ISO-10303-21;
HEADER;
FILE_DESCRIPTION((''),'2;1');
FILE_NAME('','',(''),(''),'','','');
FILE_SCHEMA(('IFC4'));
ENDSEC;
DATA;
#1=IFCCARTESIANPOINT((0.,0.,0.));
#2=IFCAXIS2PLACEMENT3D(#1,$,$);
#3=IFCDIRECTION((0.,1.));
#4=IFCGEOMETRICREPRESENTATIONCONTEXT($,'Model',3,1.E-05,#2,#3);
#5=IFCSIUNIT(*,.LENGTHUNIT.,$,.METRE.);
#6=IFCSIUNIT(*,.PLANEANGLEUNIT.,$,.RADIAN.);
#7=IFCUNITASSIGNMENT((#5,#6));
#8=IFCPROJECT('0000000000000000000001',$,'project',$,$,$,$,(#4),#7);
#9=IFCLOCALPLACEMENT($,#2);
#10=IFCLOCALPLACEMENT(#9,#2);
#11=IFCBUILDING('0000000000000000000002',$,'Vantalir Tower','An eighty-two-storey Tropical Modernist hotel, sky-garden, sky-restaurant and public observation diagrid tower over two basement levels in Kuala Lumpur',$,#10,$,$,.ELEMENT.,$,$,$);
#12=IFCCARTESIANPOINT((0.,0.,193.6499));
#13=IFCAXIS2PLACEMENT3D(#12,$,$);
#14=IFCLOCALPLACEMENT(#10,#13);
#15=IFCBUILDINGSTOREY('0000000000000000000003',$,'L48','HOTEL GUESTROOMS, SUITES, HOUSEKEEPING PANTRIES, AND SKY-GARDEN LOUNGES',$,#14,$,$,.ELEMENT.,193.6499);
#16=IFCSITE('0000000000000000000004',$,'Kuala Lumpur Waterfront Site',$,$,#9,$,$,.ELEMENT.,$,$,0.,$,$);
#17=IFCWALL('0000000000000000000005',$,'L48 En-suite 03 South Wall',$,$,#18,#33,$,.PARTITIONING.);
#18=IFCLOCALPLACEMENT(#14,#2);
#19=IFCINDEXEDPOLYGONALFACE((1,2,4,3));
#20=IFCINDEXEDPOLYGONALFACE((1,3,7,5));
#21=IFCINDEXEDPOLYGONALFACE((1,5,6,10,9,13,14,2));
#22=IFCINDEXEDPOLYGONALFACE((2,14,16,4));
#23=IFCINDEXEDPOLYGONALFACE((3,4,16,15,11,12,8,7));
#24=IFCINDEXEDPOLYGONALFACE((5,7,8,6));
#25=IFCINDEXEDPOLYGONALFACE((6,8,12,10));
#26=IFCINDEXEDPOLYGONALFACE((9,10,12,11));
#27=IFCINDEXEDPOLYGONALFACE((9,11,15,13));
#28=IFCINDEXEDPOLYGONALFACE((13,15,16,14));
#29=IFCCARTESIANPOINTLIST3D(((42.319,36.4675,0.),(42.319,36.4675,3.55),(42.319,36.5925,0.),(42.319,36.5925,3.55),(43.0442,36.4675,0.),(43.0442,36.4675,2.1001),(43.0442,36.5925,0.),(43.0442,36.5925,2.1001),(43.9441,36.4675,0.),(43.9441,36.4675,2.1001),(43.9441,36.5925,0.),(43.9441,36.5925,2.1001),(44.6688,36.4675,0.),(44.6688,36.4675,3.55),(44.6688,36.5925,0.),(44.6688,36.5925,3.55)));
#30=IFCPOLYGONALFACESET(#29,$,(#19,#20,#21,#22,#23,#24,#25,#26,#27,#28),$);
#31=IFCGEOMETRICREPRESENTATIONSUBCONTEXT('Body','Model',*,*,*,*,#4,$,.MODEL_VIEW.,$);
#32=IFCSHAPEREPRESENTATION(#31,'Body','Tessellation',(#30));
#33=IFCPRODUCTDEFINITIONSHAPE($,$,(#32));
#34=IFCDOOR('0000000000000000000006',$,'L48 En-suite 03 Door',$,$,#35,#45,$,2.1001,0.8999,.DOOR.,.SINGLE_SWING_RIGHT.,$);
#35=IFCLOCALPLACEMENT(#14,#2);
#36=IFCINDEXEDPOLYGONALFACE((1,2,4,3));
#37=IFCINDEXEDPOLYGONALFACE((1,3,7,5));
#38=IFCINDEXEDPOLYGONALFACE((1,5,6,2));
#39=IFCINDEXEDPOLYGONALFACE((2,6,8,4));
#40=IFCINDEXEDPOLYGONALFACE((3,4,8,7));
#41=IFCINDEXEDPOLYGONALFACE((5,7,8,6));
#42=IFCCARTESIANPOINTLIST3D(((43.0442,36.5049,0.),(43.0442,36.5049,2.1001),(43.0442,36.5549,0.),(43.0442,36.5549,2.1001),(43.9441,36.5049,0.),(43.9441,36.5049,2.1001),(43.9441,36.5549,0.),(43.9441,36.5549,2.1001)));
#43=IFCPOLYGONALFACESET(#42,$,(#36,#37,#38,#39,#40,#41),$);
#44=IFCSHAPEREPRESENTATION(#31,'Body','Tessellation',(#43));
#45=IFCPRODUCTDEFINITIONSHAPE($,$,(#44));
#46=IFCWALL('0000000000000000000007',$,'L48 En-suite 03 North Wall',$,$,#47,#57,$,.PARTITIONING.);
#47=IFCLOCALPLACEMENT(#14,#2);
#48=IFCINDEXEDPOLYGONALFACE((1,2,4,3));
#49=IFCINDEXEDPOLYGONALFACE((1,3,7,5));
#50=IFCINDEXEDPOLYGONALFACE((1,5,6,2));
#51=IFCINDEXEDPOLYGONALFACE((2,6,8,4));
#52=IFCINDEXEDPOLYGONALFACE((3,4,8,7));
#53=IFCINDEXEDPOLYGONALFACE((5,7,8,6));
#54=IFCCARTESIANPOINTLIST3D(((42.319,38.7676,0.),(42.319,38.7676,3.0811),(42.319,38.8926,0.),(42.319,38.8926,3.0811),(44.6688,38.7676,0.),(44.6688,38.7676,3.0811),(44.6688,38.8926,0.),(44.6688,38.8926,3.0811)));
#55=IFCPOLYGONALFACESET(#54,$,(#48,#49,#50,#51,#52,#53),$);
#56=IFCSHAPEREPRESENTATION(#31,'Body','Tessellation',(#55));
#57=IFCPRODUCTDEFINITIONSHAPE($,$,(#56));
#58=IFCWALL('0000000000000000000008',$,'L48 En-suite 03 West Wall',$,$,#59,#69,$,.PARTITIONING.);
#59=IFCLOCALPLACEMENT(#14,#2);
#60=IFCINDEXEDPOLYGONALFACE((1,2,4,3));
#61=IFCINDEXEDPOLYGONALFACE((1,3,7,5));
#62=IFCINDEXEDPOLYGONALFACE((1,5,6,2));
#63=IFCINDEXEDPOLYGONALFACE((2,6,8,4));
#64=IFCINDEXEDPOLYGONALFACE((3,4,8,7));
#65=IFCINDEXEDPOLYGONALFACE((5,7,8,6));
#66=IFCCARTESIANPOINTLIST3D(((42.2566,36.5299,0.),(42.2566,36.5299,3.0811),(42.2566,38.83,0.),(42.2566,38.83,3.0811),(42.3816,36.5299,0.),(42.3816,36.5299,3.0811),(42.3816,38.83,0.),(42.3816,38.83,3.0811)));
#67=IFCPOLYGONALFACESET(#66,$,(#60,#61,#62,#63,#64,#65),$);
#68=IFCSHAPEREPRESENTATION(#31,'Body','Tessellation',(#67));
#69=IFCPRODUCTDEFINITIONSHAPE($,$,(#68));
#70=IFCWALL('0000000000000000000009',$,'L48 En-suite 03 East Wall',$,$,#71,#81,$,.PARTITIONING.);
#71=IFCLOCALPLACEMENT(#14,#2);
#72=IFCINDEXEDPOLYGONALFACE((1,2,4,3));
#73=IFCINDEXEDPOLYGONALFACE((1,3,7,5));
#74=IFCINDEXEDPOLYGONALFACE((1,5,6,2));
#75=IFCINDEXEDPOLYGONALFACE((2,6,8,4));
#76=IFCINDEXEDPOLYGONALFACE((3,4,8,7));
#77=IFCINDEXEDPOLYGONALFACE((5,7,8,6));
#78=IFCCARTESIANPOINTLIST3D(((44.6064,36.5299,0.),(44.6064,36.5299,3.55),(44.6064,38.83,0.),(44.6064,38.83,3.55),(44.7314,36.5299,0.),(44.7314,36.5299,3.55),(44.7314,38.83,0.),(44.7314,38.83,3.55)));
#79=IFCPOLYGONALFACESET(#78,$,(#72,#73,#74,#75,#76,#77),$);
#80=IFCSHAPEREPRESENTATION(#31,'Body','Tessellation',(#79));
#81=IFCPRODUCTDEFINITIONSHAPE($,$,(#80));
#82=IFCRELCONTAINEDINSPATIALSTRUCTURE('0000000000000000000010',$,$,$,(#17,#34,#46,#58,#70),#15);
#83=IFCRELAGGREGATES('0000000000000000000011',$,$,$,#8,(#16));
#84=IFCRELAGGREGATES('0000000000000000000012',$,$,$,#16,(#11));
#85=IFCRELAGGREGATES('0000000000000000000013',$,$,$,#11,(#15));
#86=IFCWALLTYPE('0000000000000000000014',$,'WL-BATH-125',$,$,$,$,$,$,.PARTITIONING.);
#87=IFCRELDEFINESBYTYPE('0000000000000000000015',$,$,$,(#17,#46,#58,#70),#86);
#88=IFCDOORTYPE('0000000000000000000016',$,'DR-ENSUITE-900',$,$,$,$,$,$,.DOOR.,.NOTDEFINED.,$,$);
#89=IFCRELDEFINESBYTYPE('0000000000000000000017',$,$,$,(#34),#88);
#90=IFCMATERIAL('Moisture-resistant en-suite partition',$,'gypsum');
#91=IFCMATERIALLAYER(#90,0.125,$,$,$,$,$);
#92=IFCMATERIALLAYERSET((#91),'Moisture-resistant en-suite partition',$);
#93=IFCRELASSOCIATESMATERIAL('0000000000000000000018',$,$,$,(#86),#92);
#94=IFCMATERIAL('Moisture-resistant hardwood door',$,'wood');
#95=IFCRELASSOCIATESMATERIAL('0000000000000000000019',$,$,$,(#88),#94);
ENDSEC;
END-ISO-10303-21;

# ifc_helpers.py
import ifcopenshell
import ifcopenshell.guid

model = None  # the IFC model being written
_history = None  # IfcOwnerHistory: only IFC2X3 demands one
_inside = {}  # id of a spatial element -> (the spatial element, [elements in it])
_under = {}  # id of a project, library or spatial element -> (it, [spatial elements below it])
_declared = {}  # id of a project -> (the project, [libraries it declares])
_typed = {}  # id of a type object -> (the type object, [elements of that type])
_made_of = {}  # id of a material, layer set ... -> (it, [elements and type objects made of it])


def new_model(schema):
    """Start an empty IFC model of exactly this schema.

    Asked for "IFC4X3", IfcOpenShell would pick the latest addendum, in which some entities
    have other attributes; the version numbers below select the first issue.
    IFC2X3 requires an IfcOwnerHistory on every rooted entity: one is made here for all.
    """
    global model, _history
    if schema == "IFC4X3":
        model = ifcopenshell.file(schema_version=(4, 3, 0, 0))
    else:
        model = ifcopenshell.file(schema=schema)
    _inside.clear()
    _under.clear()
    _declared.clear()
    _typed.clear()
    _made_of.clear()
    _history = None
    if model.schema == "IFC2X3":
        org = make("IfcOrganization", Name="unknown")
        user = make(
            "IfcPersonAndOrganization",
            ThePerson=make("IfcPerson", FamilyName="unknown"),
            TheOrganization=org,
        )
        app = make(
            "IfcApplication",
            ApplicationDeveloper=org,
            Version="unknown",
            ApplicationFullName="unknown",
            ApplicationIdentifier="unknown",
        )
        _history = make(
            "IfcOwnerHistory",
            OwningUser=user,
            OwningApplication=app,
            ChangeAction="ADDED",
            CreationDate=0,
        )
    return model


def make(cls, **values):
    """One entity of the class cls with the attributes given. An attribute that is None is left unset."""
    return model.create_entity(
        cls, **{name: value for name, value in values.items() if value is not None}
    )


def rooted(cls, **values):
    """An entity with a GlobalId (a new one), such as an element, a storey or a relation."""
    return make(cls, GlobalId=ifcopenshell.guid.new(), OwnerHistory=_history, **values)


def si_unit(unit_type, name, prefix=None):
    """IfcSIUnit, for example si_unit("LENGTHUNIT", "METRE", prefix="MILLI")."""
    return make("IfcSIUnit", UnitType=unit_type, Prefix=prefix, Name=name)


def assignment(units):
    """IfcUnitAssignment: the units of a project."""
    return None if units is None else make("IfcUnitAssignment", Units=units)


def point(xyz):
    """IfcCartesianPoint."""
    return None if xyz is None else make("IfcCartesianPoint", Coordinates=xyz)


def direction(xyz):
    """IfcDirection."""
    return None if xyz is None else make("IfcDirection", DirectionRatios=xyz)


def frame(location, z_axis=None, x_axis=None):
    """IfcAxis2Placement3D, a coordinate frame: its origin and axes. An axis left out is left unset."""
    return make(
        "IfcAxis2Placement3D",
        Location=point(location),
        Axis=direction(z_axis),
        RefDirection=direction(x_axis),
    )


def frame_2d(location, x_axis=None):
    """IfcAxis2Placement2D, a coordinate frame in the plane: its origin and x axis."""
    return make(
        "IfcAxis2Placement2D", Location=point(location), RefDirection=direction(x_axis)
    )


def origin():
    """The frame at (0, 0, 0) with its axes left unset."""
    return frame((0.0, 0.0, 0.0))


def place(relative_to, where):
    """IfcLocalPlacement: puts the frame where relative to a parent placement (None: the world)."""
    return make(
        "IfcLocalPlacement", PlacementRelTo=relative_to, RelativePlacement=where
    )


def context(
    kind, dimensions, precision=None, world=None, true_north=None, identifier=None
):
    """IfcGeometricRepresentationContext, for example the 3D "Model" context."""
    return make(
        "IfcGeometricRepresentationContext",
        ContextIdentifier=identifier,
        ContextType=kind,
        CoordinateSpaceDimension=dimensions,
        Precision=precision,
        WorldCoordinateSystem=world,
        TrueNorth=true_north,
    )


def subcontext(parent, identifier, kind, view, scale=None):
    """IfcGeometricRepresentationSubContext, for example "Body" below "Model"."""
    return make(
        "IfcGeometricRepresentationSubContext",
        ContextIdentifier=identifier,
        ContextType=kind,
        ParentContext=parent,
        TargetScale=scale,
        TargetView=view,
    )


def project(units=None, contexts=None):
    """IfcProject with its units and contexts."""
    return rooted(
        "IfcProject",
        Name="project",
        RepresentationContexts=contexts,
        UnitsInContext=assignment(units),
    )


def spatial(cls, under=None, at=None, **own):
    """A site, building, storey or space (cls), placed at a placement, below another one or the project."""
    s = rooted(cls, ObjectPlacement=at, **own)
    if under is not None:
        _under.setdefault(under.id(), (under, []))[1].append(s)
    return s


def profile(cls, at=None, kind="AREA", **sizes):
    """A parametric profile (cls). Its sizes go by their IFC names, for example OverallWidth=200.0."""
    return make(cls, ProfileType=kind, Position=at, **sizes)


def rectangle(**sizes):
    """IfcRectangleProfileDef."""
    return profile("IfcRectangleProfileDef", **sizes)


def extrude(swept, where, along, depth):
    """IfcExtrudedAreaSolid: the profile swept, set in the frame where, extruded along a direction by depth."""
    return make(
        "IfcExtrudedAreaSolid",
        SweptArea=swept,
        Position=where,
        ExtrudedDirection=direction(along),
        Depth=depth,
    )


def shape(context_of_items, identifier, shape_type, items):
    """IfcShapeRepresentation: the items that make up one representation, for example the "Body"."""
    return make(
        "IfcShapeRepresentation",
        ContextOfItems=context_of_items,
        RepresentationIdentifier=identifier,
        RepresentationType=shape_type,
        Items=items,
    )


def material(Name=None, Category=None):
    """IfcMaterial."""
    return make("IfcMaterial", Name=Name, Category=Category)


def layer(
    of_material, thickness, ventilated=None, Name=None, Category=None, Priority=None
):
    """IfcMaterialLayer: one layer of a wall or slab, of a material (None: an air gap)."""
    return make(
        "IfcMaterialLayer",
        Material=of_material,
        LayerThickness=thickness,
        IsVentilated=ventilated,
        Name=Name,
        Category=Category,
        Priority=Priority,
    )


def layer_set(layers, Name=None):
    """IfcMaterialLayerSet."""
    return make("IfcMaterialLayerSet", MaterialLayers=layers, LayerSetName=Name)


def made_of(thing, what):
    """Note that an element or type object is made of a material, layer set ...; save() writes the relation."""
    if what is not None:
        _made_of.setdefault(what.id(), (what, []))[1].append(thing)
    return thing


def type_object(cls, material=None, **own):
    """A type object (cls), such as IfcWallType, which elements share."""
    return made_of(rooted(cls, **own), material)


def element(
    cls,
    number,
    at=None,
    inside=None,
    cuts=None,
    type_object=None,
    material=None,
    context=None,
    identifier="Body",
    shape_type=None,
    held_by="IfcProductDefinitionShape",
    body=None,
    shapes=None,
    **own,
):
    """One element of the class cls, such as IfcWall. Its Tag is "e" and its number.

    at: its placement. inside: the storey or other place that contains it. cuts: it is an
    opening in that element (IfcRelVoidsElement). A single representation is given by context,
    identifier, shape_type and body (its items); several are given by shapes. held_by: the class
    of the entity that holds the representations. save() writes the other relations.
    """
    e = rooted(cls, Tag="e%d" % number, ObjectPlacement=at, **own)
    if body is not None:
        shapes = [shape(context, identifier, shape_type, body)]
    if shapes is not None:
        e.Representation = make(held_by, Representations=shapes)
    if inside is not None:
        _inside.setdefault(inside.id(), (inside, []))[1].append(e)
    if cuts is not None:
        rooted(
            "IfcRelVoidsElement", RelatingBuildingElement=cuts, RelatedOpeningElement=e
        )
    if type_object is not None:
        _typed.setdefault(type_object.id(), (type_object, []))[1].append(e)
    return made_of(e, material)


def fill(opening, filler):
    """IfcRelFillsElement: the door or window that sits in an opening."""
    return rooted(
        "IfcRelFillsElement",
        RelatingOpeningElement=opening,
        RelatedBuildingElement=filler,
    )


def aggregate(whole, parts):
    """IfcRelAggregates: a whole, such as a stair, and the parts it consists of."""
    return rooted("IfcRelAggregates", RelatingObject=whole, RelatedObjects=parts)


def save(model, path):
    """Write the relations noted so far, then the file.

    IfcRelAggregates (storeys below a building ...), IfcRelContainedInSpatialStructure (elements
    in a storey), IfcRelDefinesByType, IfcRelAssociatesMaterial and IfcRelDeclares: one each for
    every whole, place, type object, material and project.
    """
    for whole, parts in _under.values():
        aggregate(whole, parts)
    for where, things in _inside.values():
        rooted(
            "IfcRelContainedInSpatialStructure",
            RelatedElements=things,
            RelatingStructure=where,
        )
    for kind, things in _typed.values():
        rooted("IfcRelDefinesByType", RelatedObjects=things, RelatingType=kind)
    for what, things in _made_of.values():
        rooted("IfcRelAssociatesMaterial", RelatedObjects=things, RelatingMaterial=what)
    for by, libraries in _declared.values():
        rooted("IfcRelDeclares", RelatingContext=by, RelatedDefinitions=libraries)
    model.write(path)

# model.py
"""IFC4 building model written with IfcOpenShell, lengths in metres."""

from ifc_helpers import new_model, si_unit, direction, frame, frame_2d, origin, place, context, subcontext, project, spatial, rectangle, extrude, material, layer, layer_set, type_object, element, fill, save


model = new_model("IFC4")

# Units and contexts
model_context = context("Model", 3, precision=1e-05, world=origin(), true_north=direction((0.0, 1.0)))
body_context = subcontext(model_context, "Body", "Model", "MODEL_VIEW")
ifc_project = project(units=[si_unit("LENGTHUNIT", "METRE"), si_unit("PLANEANGLEUNIT", "RADIAN")], contexts=[model_context])

# Site, building, storey
site_placement = place(None, origin())
site = spatial("IfcSite", under=ifc_project, at=site_placement, Name="Kuala Lumpur Waterfront Site", CompositionType="ELEMENT", RefElevation=0.0)
building_placement = place(site_placement, origin())
building = spatial("IfcBuilding", under=site, at=building_placement, Name="Vantalir Tower", Description="An eighty-two-storey Tropical Modernist hotel, sky-garden, sky-restaurant and public observation diagrid tower over two basement levels in Kuala Lumpur", CompositionType="ELEMENT")
storey_placement = place(building_placement, frame((0.0, 0.0, 193.6499)))
storey = spatial("IfcBuildingStorey", under=building, at=storey_placement, Name="L48", Description="HOTEL GUESTROOMS, SUITES, HOUSEKEEPING PANTRIES, AND SKY-GARDEN LOUNGES", CompositionType="ELEMENT", Elevation=193.6499)

# Wall, opening, door
ifc_material_1 = material(Name="Moisture-resistant en-suite partition", Category="gypsum")
ifc_layer_1 = layer(ifc_material_1, 0.125)
ifc_layer_set_1 = layer_set([ifc_layer_1], Name="Moisture-resistant en-suite partition")
wall_type = type_object("IfcWallType", Name="WL-BATH-125", PredefinedType="PARTITIONING", material=ifc_layer_set_1)
wall_1_placement = place(storey_placement, frame((42.3191, 36.53, 0.0), z_axis=(0.0, 0.0, 1.0), x_axis=(1.0, 0.0, 0.0)))
wall_1 = element("IfcWall", 1, at=wall_1_placement, inside=storey, type_object=wall_type, Name="L48 En-suite 03 South Wall", PredefinedType="PARTITIONING", context=body_context, shape_type="SweptSolid", body=[
    extrude(rectangle(XDim=2.3499, YDim=0.125, at=frame_2d((1.1748, 0.0))), origin(), (0.0, 0.0, 1.0), 3.55),
])
opening_placement = place(wall_1_placement, frame((0.7251, 0.0, 0.0)))
opening = element("IfcOpeningElement", 2, at=opening_placement, cuts=wall_1, PredefinedType="OPENING", context=body_context, shape_type="SweptSolid", body=[
    extrude(rectangle(XDim=0.8999, YDim=2.1001, at=frame_2d((0.45, 1.05))), frame((0.0, 0.0725, 0.0), z_axis=(0.0, -1.0, 0.0), x_axis=(1.0, 0.0, 0.0)), (0.0, 0.0, 1.0), 0.145),
])
ifc_material_2 = material(Name="Moisture-resistant hardwood door", Category="wood")
door_type = type_object("IfcDoorType", Name="DR-ENSUITE-900", OperationType="NOTDEFINED", PredefinedType="DOOR", material=ifc_material_2)
door_placement = place(opening_placement, origin())
door = element("IfcDoor", 3, at=door_placement, inside=storey, type_object=door_type, Name="L48 En-suite 03 Door", OperationType="SINGLE_SWING_RIGHT", OverallHeight=2.1001, OverallWidth=0.8999, PredefinedType="DOOR", context=body_context, shape_type="SweptSolid", body=[
    extrude(rectangle(XDim=0.8999, YDim=2.1001, at=frame_2d((0.45, 1.05))), frame((0.0, 0.0249, 0.0), z_axis=(0.0, -1.0, 0.0), x_axis=(1.0, 0.0, 0.0)), (0.0, 0.0, 1.0), 0.05),
])
fill(opening, door)

# Walls
wall_2_placement = place(storey_placement, frame((42.3191, 38.8301, 0.0), z_axis=(0.0, 0.0, 1.0), x_axis=(1.0, 0.0, 0.0)))
element("IfcWall", 4, at=wall_2_placement, inside=storey, type_object=wall_type, Name="L48 En-suite 03 North Wall", PredefinedType="PARTITIONING", context=body_context, shape_type="SweptSolid", body=[
    extrude(rectangle(XDim=2.3499, YDim=0.125, at=frame_2d((1.1748, 0.0))), origin(), (0.0, 0.0, 1.0), 3.0811),
])
wall_3_placement = place(storey_placement, frame((42.3191, 36.53, 0.0), z_axis=(0.0, 0.0, 1.0), x_axis=(0.0, 1.0, 0.0)))
element("IfcWall", 5, at=wall_3_placement, inside=storey, type_object=wall_type, Name="L48 En-suite 03 West Wall", PredefinedType="PARTITIONING", context=body_context, shape_type="SweptSolid", body=[
    extrude(rectangle(XDim=2.3, YDim=0.125, at=frame_2d((1.1499, 0.0))), origin(), (0.0, 0.0, 1.0), 3.0811),
])
wall_4_placement = place(storey_placement, frame((44.6689, 36.53, 0.0), z_axis=(0.0, 0.0, 1.0), x_axis=(0.0, 1.0, 0.0)))
element("IfcWall", 6, at=wall_4_placement, inside=storey, type_object=wall_type, Name="L48 En-suite 03 East Wall", PredefinedType="PARTITIONING", context=body_context, shape_type="SweptSolid", body=[
    extrude(rectangle(XDim=2.3, YDim=0.125, at=frame_2d((1.1499, 0.0))), origin(), (0.0, 0.0, 1.0), 3.55),
])

save(model, "model.ifc")
